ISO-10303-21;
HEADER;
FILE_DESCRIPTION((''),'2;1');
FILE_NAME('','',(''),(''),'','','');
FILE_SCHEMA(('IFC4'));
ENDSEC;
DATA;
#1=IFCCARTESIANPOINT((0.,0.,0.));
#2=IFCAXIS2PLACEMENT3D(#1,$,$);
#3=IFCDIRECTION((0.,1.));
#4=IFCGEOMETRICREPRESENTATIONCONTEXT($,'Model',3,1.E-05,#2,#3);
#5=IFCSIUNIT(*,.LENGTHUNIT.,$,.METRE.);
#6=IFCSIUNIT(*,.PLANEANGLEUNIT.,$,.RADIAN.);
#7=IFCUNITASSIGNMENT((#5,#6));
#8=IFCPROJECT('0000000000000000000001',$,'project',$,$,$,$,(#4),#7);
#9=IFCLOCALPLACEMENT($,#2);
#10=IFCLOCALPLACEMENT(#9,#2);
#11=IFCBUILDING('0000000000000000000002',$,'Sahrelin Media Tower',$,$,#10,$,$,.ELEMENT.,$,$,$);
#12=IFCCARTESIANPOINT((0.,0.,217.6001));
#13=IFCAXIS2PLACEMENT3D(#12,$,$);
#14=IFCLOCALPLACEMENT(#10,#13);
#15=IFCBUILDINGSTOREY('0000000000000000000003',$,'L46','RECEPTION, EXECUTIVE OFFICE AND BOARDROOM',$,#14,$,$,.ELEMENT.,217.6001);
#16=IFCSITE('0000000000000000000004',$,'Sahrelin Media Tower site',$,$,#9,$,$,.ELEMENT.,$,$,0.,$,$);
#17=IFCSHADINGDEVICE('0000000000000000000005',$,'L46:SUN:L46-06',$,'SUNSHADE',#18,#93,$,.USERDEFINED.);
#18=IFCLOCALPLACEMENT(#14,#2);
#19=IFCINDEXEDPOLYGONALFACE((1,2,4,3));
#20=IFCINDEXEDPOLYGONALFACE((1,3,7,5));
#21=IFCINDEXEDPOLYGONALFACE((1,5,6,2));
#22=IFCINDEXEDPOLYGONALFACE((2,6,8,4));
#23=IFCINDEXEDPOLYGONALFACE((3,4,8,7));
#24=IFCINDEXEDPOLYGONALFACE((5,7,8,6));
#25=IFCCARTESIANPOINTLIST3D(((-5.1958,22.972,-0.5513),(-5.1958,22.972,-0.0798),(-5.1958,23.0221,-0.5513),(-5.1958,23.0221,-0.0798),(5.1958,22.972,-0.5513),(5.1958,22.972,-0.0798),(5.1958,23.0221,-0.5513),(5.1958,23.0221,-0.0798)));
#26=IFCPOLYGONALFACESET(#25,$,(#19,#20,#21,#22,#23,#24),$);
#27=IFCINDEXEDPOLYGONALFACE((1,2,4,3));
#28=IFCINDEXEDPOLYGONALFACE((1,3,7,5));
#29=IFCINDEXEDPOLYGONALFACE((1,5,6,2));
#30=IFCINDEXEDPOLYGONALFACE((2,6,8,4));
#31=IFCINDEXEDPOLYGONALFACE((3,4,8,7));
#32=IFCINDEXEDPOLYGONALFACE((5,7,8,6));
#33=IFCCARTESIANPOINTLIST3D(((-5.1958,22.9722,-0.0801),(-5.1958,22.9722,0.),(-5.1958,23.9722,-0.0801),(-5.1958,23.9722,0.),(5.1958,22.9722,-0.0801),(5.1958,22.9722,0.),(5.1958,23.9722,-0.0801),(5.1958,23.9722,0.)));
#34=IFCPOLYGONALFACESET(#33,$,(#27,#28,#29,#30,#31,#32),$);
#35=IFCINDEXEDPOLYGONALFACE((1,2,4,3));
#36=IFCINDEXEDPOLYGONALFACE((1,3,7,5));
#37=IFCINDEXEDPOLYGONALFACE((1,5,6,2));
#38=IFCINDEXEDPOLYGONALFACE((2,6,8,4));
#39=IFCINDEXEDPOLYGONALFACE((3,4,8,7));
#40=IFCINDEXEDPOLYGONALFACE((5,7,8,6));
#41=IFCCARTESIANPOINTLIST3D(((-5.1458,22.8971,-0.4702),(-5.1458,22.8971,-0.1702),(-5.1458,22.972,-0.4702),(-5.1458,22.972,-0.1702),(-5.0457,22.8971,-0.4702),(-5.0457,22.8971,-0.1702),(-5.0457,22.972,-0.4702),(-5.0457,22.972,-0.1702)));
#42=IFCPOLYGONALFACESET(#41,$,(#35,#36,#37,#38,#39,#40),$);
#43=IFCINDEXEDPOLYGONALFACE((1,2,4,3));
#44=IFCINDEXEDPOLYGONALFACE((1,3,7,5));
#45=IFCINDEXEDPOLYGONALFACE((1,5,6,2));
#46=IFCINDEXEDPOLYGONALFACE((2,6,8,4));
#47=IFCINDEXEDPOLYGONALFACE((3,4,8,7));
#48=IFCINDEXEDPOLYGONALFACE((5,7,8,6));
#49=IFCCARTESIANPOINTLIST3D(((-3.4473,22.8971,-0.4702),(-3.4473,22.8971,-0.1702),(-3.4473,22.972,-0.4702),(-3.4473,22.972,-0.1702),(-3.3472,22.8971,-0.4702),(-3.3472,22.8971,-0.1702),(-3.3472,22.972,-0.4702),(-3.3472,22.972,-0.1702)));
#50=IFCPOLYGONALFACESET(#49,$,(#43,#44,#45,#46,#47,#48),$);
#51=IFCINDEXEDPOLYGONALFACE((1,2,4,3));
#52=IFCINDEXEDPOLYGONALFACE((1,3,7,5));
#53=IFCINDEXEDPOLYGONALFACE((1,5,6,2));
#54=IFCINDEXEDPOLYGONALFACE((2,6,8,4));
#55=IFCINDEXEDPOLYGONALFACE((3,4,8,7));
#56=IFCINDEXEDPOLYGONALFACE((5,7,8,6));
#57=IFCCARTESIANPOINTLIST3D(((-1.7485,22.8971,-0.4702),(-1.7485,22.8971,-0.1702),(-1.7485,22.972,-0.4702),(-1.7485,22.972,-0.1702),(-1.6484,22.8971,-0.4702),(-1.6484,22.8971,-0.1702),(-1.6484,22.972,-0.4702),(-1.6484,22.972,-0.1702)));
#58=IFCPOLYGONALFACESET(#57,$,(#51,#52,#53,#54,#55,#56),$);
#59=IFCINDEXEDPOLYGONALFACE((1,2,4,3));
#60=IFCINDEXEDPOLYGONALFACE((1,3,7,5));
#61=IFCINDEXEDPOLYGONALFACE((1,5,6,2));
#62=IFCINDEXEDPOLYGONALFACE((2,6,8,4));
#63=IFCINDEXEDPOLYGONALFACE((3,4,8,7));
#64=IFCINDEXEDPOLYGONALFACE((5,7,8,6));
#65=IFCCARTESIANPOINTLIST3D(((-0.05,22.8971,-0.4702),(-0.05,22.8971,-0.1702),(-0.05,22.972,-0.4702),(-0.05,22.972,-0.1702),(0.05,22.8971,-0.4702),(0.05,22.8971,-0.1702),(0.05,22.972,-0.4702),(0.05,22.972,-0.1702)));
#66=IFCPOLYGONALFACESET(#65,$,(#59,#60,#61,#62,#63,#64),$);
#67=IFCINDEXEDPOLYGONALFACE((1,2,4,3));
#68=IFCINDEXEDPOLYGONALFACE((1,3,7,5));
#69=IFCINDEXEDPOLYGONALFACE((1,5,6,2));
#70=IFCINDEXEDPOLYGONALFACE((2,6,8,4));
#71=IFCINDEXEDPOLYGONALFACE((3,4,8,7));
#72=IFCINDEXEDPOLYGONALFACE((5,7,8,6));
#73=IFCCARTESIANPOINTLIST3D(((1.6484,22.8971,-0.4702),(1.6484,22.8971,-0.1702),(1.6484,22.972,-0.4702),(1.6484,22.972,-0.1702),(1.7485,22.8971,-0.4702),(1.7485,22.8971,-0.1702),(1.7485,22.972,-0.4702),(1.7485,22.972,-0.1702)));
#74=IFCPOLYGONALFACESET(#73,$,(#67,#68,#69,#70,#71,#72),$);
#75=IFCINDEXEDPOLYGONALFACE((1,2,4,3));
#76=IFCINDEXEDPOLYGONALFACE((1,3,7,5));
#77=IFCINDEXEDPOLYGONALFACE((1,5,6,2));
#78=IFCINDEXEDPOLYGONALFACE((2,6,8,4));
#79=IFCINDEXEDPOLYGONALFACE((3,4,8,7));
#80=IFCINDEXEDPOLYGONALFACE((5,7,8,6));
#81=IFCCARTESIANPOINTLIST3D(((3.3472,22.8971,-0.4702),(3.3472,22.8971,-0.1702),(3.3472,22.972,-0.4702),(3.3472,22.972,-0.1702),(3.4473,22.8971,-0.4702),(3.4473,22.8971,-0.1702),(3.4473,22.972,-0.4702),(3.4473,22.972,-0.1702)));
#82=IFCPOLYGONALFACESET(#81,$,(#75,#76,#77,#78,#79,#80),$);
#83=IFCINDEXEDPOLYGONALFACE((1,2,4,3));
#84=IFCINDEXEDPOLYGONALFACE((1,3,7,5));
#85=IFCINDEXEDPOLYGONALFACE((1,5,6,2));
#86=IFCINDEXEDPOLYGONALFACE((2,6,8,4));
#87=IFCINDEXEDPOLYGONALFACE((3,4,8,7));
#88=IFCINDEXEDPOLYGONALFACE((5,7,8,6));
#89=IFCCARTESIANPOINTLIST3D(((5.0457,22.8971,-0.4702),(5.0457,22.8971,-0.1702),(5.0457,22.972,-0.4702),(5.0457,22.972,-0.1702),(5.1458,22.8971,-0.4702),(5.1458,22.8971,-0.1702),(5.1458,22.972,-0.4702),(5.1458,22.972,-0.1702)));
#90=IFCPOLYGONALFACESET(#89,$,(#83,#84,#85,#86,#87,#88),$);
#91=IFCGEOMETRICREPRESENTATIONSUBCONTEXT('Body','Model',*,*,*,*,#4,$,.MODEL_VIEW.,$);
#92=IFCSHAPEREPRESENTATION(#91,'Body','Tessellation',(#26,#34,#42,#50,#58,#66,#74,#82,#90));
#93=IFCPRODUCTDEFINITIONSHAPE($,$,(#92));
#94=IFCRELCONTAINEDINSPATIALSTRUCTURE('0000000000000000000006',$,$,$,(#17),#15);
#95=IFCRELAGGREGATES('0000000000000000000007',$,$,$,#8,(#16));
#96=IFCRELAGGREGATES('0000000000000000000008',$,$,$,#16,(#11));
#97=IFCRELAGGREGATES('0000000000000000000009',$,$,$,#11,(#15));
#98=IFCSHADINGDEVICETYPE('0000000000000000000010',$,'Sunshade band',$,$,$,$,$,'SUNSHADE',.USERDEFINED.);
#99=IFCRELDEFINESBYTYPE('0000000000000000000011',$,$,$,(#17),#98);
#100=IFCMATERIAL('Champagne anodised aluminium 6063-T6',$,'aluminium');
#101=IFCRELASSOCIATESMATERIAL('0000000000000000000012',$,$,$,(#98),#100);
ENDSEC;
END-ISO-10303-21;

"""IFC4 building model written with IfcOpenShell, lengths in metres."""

from ifc_helpers import new_model, si_unit, direction, frame, origin, origin_2d, place, context, subcontext, project, spatial, rectangle, extrude, material, type_object, element, save


model = new_model("IFC4")

# Units and contexts
model_context = context("Model", 3, precision=1e-05, world=origin(), true_north=direction((0.0, 1.0)))
body_context = subcontext(model_context, "Body", "Model", "MODEL_VIEW")
ifc_project = project(units=[si_unit("LENGTHUNIT", "METRE"), si_unit("PLANEANGLEUNIT", "RADIAN")], contexts=[model_context])

# Site, building, storey
site_placement = place(None, origin())
site = spatial("IfcSite", under=ifc_project, at=site_placement, Name="Sahrelin Media Tower site", CompositionType="ELEMENT", RefElevation=0.0)
building_placement = place(site_placement, origin())
building = spatial("IfcBuilding", under=site, at=building_placement, Name="Sahrelin Media Tower", CompositionType="ELEMENT")
storey_placement = place(building_placement, frame((0.0, 0.0, 217.6001)))
storey = spatial("IfcBuildingStorey", under=building, at=storey_placement, Name="L46", Description="RECEPTION, EXECUTIVE OFFICE AND BOARDROOM", CompositionType="ELEMENT", Elevation=217.6001)

# Shared definitions
ifc_material_1 = material(Name="Champagne anodised aluminium 6063-T6", Category="aluminium")
placement_1 = place(storey_placement, frame((0.0, 22.9521, 0.0), z_axis=(0.0, 0.0, 1.0), x_axis=(1.0, 0.0, 0.0)))

# Shading device
shading_device_type_1 = type_object("IfcShadingDeviceType", Name="Sunshade band", ElementType="SUNSHADE", PredefinedType="USERDEFINED", material=ifc_material_1)
element("IfcShadingDevice", 1, at=placement_1, inside=storey, type_object=shading_device_type_1, Name="L46:SUN:L46-06", ObjectType="SUNSHADE", PredefinedType="USERDEFINED", context=body_context, shape_type="SweptSolid", body=[
    extrude(rectangle(XDim=10.3916, YDim=0.05, at=origin_2d()), frame((0.0, 0.0449, -0.5513)), (0.0, 0.0, 1.0), 0.4714),
    extrude(rectangle(XDim=10.3916, YDim=1.0, at=origin_2d()), frame((0.0, 0.52, -0.0801)), (0.0, 0.0, 1.0), 0.0801),
    extrude(rectangle(XDim=0.1001, YDim=0.075, at=origin_2d()), frame((-5.0957, -0.0176, -0.4702)), (0.0, 0.0, 1.0), 0.3),
    extrude(rectangle(XDim=0.1001, YDim=0.075, at=origin_2d()), frame((-3.3972, -0.0176, -0.4702)), (0.0, 0.0, 1.0), 0.3),
    extrude(rectangle(XDim=0.1001, YDim=0.075, at=origin_2d()), frame((-1.6985, -0.0176, -0.4702)), (0.0, 0.0, 1.0), 0.3),
    extrude(rectangle(XDim=0.1001, YDim=0.075, at=origin_2d()), frame((0.0, -0.0176, -0.4702)), (0.0, 0.0, 1.0), 0.3),
    extrude(rectangle(XDim=0.1001, YDim=0.075, at=origin_2d()), frame((1.6985, -0.0176, -0.4702)), (0.0, 0.0, 1.0), 0.3),
    extrude(rectangle(XDim=0.1001, YDim=0.075, at=origin_2d()), frame((3.3972, -0.0176, -0.4702)), (0.0, 0.0, 1.0), 0.3),
    extrude(rectangle(XDim=0.1001, YDim=0.075, at=origin_2d()), frame((5.0957, -0.0176, -0.4702)), (0.0, 0.0, 1.0), 0.3),
])

save(model, "model.ifc")
